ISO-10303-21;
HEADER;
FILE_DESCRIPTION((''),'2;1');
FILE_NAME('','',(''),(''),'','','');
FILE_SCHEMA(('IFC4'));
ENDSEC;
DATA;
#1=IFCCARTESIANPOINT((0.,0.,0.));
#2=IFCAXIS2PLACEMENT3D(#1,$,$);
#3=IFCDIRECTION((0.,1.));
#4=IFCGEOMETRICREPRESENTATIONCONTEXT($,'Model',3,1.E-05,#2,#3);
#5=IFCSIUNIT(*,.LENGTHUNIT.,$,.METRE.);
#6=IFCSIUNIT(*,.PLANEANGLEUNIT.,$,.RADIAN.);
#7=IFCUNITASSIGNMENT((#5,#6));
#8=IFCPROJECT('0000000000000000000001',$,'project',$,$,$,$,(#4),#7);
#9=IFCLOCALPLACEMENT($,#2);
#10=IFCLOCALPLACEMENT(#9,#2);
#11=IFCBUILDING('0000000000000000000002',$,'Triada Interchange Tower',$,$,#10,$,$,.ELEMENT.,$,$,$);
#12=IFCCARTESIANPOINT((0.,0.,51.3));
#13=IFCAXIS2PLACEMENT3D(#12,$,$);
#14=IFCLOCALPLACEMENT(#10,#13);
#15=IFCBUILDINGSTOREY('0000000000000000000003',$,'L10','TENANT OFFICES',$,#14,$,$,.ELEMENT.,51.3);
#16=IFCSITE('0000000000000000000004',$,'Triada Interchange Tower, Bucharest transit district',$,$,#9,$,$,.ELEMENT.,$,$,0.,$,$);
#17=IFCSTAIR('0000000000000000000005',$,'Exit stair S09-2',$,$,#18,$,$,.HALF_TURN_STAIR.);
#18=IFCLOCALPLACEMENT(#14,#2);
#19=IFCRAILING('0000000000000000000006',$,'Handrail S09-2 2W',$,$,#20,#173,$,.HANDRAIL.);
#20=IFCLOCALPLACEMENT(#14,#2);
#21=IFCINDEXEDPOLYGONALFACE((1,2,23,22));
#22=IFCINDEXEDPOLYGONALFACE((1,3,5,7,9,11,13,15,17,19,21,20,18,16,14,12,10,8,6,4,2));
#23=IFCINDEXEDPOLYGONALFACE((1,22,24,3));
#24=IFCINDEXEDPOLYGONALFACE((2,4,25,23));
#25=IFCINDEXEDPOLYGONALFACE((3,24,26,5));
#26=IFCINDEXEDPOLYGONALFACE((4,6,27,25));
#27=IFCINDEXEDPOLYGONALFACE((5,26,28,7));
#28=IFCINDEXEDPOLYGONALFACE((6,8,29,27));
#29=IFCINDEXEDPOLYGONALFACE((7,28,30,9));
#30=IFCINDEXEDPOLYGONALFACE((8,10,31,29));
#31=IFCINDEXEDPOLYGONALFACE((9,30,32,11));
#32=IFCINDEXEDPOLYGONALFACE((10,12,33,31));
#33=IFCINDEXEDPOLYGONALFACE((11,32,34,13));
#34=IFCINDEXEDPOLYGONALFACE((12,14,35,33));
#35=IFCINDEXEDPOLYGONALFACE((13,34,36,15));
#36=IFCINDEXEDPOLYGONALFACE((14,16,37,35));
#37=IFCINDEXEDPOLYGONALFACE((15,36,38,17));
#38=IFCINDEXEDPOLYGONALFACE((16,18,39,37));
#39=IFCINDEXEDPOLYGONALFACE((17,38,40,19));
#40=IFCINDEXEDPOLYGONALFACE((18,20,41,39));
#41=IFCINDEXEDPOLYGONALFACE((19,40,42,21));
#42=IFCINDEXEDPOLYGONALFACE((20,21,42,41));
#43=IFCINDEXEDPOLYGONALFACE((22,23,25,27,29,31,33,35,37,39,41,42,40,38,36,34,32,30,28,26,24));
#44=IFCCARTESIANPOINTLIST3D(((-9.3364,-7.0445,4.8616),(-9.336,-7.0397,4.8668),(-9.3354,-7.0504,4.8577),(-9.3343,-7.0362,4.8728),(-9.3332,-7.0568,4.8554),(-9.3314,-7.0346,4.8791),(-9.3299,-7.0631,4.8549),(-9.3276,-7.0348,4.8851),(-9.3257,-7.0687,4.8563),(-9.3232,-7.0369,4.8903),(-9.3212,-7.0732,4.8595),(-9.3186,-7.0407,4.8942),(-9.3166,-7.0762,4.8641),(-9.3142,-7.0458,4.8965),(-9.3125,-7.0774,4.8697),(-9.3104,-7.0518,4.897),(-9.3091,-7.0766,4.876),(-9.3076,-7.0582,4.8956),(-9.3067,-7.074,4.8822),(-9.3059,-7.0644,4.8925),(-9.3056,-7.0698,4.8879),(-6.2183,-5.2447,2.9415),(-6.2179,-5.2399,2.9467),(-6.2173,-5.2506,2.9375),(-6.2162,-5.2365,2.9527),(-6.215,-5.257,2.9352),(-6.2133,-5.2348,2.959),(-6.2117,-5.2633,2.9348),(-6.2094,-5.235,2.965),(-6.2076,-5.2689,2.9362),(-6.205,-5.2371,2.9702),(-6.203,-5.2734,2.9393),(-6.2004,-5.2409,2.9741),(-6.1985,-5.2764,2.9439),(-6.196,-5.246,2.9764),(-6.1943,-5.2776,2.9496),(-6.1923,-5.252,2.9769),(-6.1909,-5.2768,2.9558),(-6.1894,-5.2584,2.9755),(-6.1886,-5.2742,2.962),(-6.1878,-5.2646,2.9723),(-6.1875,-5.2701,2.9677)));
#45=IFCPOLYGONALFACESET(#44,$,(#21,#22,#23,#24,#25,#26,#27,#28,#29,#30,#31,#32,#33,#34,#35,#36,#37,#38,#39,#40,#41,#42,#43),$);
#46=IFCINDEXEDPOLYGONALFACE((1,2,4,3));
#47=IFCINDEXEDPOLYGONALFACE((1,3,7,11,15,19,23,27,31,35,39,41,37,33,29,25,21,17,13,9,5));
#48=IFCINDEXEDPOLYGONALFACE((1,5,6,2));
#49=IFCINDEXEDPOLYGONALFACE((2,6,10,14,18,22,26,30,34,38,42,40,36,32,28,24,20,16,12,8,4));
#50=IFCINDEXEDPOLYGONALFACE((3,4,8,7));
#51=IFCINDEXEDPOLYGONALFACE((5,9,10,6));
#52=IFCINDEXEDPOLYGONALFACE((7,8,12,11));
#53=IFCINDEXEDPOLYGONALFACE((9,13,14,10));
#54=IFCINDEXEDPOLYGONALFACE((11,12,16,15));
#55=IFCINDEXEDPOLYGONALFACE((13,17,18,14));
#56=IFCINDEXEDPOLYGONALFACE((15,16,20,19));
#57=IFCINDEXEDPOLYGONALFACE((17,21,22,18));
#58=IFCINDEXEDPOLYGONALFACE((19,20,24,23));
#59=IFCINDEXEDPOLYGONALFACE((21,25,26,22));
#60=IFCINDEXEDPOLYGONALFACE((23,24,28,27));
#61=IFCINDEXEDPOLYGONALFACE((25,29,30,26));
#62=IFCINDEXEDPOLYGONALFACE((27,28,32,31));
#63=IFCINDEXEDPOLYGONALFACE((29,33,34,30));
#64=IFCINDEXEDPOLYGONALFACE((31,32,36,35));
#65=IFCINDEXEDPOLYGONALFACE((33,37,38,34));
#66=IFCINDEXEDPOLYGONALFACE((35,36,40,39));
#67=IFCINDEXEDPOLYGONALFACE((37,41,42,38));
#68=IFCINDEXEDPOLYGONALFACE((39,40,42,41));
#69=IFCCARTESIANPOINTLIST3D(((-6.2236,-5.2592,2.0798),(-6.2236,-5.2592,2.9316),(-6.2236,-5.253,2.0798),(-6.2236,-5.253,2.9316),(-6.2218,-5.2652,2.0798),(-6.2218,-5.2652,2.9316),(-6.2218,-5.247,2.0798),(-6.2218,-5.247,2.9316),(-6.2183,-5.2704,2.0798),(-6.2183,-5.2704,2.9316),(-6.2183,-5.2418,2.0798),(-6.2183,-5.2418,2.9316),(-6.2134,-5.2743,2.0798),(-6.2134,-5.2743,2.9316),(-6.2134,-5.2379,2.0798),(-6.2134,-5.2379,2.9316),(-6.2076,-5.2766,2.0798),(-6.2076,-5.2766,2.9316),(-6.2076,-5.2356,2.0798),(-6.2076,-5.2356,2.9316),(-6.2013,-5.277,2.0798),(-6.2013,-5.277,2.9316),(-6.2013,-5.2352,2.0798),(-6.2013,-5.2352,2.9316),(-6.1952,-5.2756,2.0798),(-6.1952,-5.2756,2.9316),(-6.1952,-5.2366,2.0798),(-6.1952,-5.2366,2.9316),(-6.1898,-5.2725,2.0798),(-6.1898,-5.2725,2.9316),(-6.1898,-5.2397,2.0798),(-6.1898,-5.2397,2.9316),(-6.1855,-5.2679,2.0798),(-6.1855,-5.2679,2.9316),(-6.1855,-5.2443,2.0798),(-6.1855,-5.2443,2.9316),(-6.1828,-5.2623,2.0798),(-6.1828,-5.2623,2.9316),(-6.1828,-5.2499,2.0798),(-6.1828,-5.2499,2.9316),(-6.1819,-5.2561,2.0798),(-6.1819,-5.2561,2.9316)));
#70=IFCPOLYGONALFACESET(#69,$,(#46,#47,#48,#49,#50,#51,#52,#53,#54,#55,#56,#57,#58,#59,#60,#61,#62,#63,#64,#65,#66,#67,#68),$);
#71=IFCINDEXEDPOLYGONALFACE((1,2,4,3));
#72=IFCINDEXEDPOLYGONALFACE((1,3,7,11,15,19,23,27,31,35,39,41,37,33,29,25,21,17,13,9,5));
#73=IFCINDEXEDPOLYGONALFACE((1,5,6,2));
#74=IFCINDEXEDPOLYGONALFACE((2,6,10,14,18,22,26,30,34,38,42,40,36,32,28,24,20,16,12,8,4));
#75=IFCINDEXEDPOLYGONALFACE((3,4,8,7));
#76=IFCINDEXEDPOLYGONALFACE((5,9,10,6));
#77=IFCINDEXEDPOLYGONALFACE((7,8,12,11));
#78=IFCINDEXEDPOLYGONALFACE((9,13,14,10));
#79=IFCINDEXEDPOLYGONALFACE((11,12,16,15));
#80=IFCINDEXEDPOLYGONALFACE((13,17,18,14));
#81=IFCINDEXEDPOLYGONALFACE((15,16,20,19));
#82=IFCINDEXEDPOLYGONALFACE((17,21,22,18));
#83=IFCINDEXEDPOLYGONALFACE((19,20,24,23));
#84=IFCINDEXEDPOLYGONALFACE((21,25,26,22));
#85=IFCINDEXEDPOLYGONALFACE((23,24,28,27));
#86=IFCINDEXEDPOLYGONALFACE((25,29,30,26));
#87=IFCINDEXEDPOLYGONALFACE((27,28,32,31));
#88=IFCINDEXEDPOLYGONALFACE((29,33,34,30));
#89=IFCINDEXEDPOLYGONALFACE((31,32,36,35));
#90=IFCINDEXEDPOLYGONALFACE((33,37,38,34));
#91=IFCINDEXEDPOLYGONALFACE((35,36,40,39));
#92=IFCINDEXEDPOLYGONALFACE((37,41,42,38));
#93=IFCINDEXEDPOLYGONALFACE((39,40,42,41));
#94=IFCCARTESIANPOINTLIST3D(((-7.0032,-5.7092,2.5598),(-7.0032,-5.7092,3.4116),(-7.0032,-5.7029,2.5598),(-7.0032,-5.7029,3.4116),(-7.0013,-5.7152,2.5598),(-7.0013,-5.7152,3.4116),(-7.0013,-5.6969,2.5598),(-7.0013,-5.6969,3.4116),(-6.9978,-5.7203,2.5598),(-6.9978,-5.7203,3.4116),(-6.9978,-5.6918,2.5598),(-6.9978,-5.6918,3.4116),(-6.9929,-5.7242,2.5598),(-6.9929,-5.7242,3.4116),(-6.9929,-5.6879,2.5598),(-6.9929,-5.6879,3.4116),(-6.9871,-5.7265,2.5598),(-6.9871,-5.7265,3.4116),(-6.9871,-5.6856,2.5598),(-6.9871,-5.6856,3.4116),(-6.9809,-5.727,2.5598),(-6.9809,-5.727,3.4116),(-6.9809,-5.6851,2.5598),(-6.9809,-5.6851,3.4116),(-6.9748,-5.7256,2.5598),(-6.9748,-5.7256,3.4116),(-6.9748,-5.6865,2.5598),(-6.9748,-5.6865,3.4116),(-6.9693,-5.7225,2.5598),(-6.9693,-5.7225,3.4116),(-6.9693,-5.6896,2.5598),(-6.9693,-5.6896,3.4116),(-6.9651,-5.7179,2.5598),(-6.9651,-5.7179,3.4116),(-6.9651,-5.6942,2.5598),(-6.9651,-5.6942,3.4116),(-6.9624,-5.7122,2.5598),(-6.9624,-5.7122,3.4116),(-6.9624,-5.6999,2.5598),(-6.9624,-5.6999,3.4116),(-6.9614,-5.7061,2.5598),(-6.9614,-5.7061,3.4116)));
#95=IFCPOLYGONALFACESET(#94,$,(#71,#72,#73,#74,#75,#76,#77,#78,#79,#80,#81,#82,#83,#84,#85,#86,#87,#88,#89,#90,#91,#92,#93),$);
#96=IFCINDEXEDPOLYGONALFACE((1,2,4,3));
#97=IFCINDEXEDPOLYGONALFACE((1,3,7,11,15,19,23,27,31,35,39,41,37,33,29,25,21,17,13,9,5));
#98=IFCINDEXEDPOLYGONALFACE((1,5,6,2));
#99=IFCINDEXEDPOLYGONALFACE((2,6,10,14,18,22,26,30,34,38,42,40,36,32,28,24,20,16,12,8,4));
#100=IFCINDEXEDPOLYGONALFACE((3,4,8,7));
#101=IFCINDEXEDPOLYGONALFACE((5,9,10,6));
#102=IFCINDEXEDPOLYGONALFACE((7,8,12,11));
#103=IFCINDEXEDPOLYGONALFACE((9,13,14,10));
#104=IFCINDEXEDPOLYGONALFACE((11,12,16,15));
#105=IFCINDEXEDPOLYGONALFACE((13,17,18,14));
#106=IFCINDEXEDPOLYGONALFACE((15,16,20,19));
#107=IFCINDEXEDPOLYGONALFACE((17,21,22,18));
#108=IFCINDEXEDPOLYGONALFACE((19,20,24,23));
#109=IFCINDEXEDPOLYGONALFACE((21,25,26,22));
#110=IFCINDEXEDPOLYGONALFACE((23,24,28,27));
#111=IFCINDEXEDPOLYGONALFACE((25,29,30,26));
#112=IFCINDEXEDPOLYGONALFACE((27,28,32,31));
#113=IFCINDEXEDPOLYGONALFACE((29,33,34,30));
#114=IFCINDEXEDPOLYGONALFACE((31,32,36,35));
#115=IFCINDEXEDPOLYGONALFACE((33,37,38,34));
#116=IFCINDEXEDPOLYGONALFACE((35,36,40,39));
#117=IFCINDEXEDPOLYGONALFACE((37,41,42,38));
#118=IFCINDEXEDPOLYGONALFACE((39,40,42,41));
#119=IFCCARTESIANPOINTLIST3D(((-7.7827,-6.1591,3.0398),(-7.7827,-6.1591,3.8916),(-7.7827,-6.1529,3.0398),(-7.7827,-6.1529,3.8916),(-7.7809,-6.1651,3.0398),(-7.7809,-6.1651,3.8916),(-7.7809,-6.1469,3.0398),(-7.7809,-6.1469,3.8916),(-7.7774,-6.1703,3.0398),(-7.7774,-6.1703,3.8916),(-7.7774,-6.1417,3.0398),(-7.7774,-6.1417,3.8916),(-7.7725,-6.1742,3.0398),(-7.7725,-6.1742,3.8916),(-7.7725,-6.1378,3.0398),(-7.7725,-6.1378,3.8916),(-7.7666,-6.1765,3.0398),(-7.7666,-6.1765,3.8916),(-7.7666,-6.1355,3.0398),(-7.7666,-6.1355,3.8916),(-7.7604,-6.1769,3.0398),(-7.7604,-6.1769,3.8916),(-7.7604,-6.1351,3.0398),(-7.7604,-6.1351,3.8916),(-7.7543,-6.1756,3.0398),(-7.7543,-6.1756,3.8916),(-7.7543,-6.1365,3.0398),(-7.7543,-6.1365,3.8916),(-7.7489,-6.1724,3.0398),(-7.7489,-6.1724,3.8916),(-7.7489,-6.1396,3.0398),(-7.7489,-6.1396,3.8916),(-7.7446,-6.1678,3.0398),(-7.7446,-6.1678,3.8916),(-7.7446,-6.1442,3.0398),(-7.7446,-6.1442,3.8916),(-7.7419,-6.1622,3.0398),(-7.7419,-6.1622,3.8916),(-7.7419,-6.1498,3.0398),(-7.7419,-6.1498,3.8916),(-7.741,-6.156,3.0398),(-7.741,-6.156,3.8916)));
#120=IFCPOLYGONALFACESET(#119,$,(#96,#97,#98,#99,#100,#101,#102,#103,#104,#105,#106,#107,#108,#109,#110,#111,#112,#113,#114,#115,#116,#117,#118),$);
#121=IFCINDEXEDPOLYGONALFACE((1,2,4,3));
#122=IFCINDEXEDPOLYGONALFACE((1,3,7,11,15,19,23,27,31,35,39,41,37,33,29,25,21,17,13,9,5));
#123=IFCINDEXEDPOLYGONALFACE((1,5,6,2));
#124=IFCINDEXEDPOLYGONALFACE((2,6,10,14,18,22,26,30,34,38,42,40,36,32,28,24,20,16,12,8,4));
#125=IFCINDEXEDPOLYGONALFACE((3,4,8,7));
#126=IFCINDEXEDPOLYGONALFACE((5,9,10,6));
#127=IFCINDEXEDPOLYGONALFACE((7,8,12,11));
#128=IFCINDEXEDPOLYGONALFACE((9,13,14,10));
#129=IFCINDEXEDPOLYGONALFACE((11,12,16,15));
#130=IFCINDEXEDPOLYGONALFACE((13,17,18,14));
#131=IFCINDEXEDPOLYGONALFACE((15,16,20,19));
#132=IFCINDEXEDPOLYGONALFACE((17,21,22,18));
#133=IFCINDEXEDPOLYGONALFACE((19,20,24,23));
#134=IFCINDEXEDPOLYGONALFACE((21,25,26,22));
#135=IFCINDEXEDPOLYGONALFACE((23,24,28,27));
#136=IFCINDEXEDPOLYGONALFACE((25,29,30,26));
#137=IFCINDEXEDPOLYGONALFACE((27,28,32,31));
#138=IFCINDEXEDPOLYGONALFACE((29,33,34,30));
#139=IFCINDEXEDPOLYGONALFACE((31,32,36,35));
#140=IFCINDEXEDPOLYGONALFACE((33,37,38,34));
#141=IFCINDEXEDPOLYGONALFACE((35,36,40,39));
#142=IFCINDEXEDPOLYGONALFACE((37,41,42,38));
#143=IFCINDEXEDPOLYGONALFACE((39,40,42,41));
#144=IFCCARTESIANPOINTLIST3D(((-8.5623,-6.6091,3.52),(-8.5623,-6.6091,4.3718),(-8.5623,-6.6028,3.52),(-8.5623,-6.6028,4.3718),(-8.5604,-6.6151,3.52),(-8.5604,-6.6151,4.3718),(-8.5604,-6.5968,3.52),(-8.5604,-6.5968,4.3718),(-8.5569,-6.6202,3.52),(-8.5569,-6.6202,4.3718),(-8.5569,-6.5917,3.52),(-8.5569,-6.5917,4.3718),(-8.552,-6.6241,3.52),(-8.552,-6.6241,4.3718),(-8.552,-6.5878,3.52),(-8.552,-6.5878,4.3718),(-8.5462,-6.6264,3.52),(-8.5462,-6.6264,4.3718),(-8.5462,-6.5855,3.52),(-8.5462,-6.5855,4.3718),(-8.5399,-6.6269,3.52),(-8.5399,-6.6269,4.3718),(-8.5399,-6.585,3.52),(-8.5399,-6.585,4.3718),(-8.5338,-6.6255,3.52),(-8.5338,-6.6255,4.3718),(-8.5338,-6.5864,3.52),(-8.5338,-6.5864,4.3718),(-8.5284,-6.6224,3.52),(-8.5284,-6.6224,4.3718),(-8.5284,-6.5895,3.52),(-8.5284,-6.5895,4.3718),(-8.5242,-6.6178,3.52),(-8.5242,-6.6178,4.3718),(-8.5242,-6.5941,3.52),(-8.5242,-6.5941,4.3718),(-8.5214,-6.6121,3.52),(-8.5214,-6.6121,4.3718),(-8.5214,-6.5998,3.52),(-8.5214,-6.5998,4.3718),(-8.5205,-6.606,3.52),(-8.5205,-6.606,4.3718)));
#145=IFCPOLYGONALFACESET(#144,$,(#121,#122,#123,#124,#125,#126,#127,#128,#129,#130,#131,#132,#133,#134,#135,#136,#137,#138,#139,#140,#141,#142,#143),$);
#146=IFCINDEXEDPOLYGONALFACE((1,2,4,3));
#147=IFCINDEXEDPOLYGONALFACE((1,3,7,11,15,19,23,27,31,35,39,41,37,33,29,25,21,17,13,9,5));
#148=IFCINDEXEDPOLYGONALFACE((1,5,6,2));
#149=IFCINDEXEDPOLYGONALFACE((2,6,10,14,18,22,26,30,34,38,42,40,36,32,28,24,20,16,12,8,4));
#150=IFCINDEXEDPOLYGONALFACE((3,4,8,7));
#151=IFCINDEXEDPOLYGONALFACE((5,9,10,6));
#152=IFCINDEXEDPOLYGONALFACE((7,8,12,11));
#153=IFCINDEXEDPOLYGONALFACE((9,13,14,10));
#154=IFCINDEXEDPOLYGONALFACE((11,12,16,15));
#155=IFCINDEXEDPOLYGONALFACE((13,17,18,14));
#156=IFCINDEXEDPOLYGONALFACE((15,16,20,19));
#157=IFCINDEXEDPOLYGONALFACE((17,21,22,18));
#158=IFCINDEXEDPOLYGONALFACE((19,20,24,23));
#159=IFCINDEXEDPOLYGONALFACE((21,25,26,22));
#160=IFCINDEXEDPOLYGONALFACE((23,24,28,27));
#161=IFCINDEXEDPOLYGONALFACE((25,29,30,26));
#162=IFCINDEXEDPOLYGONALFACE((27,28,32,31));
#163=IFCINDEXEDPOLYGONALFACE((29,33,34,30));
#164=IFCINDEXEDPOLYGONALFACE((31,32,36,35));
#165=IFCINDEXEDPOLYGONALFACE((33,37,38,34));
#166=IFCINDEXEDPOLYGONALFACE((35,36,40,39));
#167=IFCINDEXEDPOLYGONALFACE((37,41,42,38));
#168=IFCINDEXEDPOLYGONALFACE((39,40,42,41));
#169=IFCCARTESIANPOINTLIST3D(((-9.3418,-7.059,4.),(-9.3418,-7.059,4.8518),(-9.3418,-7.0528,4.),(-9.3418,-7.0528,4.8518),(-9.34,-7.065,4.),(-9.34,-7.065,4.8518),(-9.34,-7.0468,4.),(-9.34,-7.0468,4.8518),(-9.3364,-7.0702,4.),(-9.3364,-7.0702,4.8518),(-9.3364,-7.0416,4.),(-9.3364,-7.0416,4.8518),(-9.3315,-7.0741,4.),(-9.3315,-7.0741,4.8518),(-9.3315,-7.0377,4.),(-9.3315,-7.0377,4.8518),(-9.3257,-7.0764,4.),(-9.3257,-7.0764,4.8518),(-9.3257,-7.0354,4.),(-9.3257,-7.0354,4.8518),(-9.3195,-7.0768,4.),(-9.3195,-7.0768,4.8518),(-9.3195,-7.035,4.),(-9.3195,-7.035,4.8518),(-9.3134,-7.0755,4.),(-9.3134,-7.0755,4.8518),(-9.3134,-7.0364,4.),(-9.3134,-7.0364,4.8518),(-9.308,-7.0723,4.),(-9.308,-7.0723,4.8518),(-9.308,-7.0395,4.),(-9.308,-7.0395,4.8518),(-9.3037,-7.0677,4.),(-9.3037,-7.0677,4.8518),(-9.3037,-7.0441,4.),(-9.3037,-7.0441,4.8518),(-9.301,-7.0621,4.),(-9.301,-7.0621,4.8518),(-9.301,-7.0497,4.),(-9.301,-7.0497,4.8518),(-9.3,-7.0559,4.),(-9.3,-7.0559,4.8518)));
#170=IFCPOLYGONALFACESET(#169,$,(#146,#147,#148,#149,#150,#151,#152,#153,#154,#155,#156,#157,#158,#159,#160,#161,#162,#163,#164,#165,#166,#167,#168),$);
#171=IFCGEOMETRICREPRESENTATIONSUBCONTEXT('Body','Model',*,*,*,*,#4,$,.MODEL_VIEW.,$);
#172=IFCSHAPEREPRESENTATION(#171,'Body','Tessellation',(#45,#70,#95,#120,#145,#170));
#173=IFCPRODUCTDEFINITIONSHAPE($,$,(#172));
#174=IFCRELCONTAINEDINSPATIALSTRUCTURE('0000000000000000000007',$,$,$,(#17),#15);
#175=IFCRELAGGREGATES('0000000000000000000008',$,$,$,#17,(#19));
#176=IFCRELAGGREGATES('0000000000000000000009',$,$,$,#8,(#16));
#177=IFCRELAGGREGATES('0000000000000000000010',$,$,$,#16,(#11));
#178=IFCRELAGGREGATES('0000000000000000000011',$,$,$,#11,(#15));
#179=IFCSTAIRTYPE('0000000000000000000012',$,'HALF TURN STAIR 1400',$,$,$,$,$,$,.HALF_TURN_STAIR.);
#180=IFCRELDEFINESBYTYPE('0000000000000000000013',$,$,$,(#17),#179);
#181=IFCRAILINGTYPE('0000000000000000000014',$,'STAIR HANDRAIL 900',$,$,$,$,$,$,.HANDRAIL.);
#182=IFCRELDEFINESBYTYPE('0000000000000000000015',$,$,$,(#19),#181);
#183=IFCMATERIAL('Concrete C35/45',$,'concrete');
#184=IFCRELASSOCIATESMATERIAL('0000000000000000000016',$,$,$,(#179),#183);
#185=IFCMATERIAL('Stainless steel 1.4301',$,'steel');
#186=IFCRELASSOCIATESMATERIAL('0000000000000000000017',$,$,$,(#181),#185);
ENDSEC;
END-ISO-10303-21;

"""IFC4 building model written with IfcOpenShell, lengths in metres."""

from ifc_helpers import new_model, si_unit, direction, frame, origin, origin_2d, place, context, subcontext, project, spatial, circle, extrude, material, type_object, element, aggregate, save


model = new_model("IFC4")

# Units and contexts
model_context = context("Model", 3, precision=1e-05, world=origin(), true_north=direction((0.0, 1.0)))
body_context = subcontext(model_context, "Body", "Model", "MODEL_VIEW")
ifc_project = project(units=[si_unit("LENGTHUNIT", "METRE"), si_unit("PLANEANGLEUNIT", "RADIAN")], contexts=[model_context])

# Site, building, storey
site_placement = place(None, origin())
site = spatial("IfcSite", under=ifc_project, at=site_placement, Name="Triada Interchange Tower, Bucharest transit district", CompositionType="ELEMENT", RefElevation=0.0)
building_placement = place(site_placement, origin())
building = spatial("IfcBuilding", under=site, at=building_placement, Name="Triada Interchange Tower", CompositionType="ELEMENT")
storey_placement = place(building_placement, frame((0.0, 0.0, 51.3)))
storey = spatial("IfcBuildingStorey", under=building, at=storey_placement, Name="L10", Description="TENANT OFFICES", CompositionType="ELEMENT", Elevation=51.3)

# Stair, railing
ifc_material_1 = material(Name="Concrete C35/45", Category="concrete")
stair_type = type_object("IfcStairType", Name="HALF TURN STAIR 1400", PredefinedType="HALF_TURN_STAIR", material=ifc_material_1)
stair_placement = place(storey_placement, origin())
stair = element("IfcStair", 1, at=stair_placement, inside=storey, type_object=stair_type, Name="Exit stair S09-2", PredefinedType="HALF_TURN_STAIR")
ifc_material_2 = material(Name="Stainless steel 1.4301", Category="steel")
railing_type = type_object("IfcRailingType", Name="STAIR HANDRAIL 900", PredefinedType="HANDRAIL", material=ifc_material_2)
railing_1_placement = place(storey_placement, frame((-6.2029, -5.2561, 2.0798)))
railing_1 = element("IfcRailing", 2, at=railing_1_placement, type_object=railing_type, Name="Handrail S09-2 2W", PredefinedType="HANDRAIL", context=body_context, shape_type="SweptSolid", body=[
    extrude(circle(Radius=0.0239, at=origin_2d()), frame((0.0, 0.0, 0.876), z_axis=(-0.76419, -0.44109, 0.470588), x_axis=(0.499902, -0.866082, 0.0)), (0.0, 0.0, 1.0), 4.0803),
    extrude(circle(Radius=0.021, at=origin_2d()), origin(), (0.0, 0.0, 1.0), 0.8518),
    extrude(circle(Radius=0.021, at=origin_2d()), frame((-0.7795, -0.45, 0.48)), (0.0, 0.0, 1.0), 0.8518),
    extrude(circle(Radius=0.021, at=origin_2d()), frame((-1.5591, -0.8999, 0.96)), (0.0, 0.0, 1.0), 0.8518),
    extrude(circle(Radius=0.021, at=origin_2d()), frame((-2.3386, -1.3499, 1.4402)), (0.0, 0.0, 1.0), 0.8518),
    extrude(circle(Radius=0.021, at=origin_2d()), frame((-3.1182, -1.7998, 1.9202)), (0.0, 0.0, 1.0), 0.8518),
])
aggregate(stair, [railing_1])

save(model, "model.ifc")
